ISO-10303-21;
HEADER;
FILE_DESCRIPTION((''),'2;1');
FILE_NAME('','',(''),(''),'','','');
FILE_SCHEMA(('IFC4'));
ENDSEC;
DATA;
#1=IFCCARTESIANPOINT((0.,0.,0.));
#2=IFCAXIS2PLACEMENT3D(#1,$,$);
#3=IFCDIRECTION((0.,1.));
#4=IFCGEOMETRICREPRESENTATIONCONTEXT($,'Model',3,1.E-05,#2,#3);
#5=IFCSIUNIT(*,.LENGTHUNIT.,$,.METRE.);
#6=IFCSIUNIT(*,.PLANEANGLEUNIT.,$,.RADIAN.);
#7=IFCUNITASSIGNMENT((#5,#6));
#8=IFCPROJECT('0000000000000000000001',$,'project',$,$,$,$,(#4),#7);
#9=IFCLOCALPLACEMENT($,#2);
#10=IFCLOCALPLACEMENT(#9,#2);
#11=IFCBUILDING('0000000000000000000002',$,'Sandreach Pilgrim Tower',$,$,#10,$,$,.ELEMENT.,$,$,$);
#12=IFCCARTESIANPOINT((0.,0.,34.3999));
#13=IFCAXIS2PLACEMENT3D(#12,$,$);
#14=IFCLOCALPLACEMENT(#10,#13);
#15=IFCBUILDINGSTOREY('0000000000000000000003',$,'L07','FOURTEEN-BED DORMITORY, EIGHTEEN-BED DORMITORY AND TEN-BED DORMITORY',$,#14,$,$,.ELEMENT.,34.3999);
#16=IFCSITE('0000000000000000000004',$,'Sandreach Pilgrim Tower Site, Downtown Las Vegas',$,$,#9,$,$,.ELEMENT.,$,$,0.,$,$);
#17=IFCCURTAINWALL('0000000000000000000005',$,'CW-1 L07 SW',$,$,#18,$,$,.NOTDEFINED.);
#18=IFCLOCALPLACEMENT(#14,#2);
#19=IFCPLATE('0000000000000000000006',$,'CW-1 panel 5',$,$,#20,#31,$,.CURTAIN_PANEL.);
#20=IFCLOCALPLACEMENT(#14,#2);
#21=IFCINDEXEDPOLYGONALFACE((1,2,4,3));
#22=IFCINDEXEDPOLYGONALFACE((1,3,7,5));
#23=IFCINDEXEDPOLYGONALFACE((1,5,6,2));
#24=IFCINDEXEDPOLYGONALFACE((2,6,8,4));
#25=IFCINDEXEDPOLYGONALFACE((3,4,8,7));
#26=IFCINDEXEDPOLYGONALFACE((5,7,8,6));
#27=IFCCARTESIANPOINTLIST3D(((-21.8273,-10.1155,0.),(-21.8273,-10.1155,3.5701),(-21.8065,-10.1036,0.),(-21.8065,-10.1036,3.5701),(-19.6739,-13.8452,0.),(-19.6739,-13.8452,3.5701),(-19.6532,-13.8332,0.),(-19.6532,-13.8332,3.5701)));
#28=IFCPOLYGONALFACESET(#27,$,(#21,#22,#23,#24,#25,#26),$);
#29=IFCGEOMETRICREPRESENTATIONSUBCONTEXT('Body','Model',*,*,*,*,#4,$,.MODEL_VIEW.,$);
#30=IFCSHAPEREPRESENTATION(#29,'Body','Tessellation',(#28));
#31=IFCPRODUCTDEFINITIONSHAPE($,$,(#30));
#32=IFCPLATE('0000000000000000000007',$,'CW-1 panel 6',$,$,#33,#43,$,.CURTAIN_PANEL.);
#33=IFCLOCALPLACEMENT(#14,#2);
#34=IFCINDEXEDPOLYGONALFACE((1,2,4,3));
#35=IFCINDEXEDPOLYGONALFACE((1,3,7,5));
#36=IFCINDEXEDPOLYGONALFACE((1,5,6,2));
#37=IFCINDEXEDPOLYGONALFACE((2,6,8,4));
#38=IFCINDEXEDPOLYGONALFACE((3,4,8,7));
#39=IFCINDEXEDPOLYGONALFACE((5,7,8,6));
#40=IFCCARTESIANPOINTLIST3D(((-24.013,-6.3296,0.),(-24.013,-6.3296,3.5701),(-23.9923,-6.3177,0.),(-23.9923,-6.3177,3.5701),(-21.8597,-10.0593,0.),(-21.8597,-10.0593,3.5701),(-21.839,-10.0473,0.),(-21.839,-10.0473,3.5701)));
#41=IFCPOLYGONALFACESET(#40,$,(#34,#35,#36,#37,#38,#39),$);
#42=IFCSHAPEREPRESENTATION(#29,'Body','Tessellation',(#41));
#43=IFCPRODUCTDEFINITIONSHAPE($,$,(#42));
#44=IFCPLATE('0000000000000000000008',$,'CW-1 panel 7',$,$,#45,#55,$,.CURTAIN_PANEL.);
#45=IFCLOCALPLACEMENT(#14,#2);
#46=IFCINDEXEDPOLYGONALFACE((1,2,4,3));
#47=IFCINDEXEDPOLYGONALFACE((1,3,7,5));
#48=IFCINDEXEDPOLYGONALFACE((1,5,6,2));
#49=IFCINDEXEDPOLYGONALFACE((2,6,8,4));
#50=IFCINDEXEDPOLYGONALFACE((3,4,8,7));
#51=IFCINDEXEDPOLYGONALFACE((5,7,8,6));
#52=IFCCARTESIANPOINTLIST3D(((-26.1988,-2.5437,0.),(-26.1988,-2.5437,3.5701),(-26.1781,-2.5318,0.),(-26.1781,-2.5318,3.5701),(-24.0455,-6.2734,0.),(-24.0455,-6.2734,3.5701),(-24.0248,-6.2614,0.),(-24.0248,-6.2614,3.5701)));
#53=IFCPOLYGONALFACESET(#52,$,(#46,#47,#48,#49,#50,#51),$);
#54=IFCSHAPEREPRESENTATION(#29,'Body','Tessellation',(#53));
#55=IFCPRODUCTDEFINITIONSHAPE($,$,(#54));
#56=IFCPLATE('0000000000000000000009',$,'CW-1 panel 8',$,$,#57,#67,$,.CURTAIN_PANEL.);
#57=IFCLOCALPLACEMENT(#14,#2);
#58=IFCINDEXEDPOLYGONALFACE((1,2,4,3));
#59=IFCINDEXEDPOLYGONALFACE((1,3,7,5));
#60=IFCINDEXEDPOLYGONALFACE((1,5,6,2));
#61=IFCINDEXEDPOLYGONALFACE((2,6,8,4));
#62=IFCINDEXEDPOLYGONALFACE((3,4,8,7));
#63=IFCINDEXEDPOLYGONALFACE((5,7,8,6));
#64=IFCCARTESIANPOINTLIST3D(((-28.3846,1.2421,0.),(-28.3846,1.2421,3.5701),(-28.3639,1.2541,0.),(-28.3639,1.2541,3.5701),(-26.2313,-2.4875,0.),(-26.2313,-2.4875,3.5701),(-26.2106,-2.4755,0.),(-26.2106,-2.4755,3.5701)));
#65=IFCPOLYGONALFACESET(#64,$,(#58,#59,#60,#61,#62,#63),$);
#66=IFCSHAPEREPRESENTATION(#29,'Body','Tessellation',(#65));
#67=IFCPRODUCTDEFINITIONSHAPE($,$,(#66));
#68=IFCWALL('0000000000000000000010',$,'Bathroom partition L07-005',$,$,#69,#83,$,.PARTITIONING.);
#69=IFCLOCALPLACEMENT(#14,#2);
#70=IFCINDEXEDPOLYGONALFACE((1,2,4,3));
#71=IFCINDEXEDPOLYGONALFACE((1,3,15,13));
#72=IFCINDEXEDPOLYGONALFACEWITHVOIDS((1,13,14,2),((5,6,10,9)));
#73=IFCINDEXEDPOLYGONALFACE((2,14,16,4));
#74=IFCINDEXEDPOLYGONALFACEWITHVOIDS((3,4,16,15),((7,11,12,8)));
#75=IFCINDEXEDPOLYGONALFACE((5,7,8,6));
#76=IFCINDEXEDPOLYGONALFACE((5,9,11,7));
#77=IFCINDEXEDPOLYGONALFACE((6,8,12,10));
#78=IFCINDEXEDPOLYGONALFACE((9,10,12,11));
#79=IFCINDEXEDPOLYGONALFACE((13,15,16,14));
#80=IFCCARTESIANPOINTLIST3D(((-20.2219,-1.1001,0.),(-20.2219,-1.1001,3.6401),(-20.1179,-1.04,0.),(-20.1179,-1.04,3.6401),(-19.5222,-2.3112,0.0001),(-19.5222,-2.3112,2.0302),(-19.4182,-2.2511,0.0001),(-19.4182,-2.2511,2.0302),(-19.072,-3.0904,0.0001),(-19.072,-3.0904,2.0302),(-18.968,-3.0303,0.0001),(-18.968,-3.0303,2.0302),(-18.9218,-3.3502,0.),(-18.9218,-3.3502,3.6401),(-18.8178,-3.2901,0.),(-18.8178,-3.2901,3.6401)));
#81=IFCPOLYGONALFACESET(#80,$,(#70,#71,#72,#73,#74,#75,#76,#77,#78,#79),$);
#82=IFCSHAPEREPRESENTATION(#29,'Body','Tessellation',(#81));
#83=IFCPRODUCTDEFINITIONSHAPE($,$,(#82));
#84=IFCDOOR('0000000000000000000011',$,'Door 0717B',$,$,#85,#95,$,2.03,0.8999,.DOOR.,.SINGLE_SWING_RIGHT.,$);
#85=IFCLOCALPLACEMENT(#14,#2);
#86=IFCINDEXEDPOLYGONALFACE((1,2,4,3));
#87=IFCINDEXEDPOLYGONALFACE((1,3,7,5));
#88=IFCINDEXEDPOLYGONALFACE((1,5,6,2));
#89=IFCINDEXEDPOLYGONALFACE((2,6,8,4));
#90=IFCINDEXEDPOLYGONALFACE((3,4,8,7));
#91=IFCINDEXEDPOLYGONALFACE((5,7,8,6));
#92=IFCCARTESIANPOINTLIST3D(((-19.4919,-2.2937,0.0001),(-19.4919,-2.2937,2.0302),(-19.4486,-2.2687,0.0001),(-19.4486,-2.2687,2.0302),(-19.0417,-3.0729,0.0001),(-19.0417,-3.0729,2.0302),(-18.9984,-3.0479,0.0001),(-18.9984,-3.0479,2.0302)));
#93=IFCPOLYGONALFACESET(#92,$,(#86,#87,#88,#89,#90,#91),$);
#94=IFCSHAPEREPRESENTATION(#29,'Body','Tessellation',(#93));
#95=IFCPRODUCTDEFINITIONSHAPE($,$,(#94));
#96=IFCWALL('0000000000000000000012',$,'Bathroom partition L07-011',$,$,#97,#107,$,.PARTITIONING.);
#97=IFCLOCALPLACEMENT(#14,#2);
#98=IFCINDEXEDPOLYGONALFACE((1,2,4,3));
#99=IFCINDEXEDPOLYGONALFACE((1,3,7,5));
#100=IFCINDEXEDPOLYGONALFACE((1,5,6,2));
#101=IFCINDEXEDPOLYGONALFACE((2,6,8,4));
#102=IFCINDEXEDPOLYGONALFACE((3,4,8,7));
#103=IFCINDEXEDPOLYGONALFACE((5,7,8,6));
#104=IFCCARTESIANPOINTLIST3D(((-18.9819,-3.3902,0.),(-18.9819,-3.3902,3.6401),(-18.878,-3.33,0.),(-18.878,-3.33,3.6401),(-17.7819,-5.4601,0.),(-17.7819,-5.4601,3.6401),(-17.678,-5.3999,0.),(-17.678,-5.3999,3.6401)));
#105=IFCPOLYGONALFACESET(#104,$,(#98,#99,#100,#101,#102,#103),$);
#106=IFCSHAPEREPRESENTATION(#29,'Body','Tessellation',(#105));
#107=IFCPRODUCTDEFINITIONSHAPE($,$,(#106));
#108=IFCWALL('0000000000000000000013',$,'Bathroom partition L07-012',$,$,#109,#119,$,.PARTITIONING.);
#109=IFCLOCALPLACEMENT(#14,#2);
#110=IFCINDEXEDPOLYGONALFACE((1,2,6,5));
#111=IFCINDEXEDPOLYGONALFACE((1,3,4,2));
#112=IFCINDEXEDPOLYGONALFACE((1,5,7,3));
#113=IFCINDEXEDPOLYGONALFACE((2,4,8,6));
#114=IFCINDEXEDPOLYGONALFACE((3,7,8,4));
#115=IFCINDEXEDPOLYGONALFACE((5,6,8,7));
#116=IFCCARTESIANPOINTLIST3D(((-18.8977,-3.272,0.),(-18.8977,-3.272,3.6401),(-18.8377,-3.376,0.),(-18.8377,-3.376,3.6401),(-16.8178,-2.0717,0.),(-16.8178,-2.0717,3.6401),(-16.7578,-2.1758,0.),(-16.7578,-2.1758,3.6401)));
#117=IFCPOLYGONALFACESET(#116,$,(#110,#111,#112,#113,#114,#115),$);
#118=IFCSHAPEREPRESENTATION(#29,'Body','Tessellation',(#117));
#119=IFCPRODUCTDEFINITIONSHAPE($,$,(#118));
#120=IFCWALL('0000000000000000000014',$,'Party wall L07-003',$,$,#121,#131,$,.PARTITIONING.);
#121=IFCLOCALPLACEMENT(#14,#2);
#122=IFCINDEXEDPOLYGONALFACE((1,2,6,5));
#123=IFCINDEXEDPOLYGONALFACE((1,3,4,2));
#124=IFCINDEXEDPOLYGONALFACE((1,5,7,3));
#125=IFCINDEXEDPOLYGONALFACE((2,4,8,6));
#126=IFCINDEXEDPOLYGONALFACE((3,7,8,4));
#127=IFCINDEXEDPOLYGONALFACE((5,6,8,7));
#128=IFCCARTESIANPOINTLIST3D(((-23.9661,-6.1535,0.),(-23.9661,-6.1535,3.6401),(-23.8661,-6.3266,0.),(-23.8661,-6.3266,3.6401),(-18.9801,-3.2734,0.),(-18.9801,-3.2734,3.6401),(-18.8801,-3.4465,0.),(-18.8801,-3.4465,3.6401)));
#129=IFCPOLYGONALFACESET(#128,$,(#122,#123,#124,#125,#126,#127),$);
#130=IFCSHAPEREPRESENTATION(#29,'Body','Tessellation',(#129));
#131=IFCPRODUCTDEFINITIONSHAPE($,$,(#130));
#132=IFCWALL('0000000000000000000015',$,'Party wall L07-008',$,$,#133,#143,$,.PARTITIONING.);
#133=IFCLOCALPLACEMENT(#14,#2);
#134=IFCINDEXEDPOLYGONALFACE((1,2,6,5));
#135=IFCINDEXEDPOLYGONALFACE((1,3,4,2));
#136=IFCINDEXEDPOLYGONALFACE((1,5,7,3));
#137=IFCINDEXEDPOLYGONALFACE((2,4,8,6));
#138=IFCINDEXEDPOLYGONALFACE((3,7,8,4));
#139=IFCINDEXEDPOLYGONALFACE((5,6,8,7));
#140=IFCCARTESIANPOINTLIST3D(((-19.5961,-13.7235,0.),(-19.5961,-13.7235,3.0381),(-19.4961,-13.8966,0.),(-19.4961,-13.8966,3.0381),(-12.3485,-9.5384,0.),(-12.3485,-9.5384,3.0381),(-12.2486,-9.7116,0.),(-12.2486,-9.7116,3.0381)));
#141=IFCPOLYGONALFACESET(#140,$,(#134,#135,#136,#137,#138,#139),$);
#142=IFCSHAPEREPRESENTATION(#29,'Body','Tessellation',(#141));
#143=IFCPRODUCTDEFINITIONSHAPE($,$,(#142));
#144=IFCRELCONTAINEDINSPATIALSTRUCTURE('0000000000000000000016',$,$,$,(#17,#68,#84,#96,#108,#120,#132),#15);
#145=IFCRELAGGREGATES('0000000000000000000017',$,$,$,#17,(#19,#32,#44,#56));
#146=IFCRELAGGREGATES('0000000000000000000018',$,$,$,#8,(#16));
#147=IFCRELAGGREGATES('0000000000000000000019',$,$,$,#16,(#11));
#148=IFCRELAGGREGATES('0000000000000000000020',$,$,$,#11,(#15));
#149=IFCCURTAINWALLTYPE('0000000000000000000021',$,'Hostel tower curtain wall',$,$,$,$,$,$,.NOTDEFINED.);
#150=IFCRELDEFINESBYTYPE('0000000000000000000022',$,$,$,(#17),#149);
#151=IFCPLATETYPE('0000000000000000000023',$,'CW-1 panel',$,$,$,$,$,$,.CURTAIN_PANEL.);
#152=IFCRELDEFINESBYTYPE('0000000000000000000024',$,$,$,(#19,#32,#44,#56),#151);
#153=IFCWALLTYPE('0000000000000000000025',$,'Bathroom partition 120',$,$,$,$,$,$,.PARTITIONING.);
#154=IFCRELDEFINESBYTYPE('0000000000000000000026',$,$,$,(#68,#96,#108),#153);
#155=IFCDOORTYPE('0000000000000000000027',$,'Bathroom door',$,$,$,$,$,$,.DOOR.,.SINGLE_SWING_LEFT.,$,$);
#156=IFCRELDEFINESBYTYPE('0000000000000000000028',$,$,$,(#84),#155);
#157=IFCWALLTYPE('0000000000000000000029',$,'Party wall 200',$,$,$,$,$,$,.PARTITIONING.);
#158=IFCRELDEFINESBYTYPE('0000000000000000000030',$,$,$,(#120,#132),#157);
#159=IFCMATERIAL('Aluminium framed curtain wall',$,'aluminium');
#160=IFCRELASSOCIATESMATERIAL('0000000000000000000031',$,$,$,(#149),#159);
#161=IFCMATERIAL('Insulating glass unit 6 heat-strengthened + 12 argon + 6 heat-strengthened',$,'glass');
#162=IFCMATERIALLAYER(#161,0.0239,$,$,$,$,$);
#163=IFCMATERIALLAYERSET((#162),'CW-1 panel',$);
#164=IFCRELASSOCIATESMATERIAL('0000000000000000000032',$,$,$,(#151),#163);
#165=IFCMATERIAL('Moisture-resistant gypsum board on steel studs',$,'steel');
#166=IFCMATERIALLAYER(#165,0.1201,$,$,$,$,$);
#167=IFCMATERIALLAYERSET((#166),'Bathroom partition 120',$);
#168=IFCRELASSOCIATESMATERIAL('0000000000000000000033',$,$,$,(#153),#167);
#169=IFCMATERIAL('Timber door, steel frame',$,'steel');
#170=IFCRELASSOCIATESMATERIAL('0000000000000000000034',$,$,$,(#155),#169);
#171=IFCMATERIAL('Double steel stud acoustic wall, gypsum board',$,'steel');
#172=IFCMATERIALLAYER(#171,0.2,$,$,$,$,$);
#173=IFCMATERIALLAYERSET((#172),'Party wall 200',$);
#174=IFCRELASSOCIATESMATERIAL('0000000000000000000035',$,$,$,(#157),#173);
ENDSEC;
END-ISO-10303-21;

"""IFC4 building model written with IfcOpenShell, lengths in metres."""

from ifc_helpers import new_model, si_unit, direction, frame, frame_2d, origin, origin_2d, place, context, subcontext, project, spatial, rectangle, extrude, material, layer, layer_set, type_object, element, fill, aggregate, save


model = new_model("IFC4")

# Units and contexts
model_context = context("Model", 3, precision=1e-05, world=origin(), true_north=direction((0.0, 1.0)))
body_context = subcontext(model_context, "Body", "Model", "MODEL_VIEW")
ifc_project = project(units=[si_unit("LENGTHUNIT", "METRE"), si_unit("PLANEANGLEUNIT", "RADIAN")], contexts=[model_context])

# Site, building, storey
site_placement = place(None, origin())
site = spatial("IfcSite", under=ifc_project, at=site_placement, Name="Sandreach Pilgrim Tower Site, Downtown Las Vegas", CompositionType="ELEMENT", RefElevation=0.0)
building_placement = place(site_placement, origin())
building = spatial("IfcBuilding", under=site, at=building_placement, Name="Sandreach Pilgrim Tower", CompositionType="ELEMENT")
storey_placement = place(building_placement, frame((0.0, 0.0, 34.3999)))
storey = spatial("IfcBuildingStorey", under=building, at=storey_placement, Name="L07", Description="FOURTEEN-BED DORMITORY, EIGHTEEN-BED DORMITORY AND TEN-BED DORMITORY", CompositionType="ELEMENT", Elevation=34.3999)

# Curtain wall
ifc_material_1 = material(Name="Aluminium framed curtain wall", Category="aluminium")
curtain_wall_type = type_object("IfcCurtainWallType", Name="Hostel tower curtain wall", PredefinedType="NOTDEFINED", material=ifc_material_1)
curtain_wall_placement = place(storey_placement, origin())
curtain_wall = element("IfcCurtainWall", 1, at=curtain_wall_placement, inside=storey, type_object=curtain_wall_type, Name="CW-1 L07 SW", PredefinedType="NOTDEFINED")

# Plates
ifc_material_2 = material(Name="Insulating glass unit 6 heat-strengthened + 12 argon + 6 heat-strengthened", Category="glass")
ifc_layer_1 = layer(ifc_material_2, 0.0239)
ifc_layer_set_1 = layer_set([ifc_layer_1], Name="CW-1 panel")
plate_type = type_object("IfcPlateType", Name="CW-1 panel", PredefinedType="CURTAIN_PANEL", material=ifc_layer_set_1)
plate_1_placement = place(storey_placement, frame((-20.7402, -11.9744, 0.0), z_axis=(0.0, 0.0, 1.0), x_axis=(-0.5, 0.866025, 0.0)))
plate_1 = element("IfcPlate", 2, at=plate_1_placement, type_object=plate_type, Name="CW-1 panel 5", PredefinedType="CURTAIN_PANEL", context=body_context, shape_type="SweptSolid", body=[
    extrude(rectangle(XDim=4.3066, YDim=0.0239, at=origin_2d()), origin(), (0.0, 0.0, 1.0), 3.5701),
])
plate_2_placement = place(storey_placement, frame((-22.926, -8.1885, 0.0), z_axis=(0.0, 0.0, 1.0), x_axis=(-0.5, 0.866025, 0.0)))
plate_2 = element("IfcPlate", 3, at=plate_2_placement, type_object=plate_type, Name="CW-1 panel 6", PredefinedType="CURTAIN_PANEL", context=body_context, shape_type="SweptSolid", body=[
    extrude(rectangle(XDim=4.3066, YDim=0.0239, at=origin_2d()), origin(), (0.0, 0.0, 1.0), 3.5701),
])
plate_3_placement = place(storey_placement, frame((-25.1118, -4.4026, 0.0), z_axis=(0.0, 0.0, 1.0), x_axis=(-0.5, 0.866025, 0.0)))
plate_3 = element("IfcPlate", 4, at=plate_3_placement, type_object=plate_type, Name="CW-1 panel 7", PredefinedType="CURTAIN_PANEL", context=body_context, shape_type="SweptSolid", body=[
    extrude(rectangle(XDim=4.3066, YDim=0.0239, at=origin_2d()), origin(), (0.0, 0.0, 1.0), 3.5701),
])
plate_4_placement = place(storey_placement, frame((-27.2976, -0.6167, 0.0), z_axis=(0.0, 0.0, 1.0), x_axis=(-0.5, 0.866025, 0.0)))
plate_4 = element("IfcPlate", 5, at=plate_4_placement, type_object=plate_type, Name="CW-1 panel 8", PredefinedType="CURTAIN_PANEL", context=body_context, shape_type="SweptSolid", body=[
    extrude(rectangle(XDim=4.3066, YDim=0.0239, at=origin_2d()), origin(), (0.0, 0.0, 1.0), 3.5701),
])
aggregate(curtain_wall, [plate_1, plate_2, plate_3, plate_4])

# Wall, opening, door
ifc_material_3 = material(Name="Moisture-resistant gypsum board on steel studs", Category="steel")
ifc_layer_2 = layer(ifc_material_3, 0.1201)
ifc_layer_set_2 = layer_set([ifc_layer_2], Name="Bathroom partition 120")
wall_type_1 = type_object("IfcWallType", Name="Bathroom partition 120", PredefinedType="PARTITIONING", material=ifc_layer_set_2)
wall_1_placement = place(storey_placement, frame((-20.1699, -1.0701, 0.0), z_axis=(0.0, 0.0, 1.0), x_axis=(0.500292, -0.865857, 0.0)))
wall_1 = element("IfcWall", 6, at=wall_1_placement, inside=storey, type_object=wall_type_1, Name="Bathroom partition L07-005", PredefinedType="PARTITIONING", context=body_context, shape_type="SweptSolid", body=[
    extrude(rectangle(XDim=2.5986, YDim=0.1201, at=frame_2d((1.2993, 0.0))), origin(), (0.0, 0.0, 1.0), 3.6401),
])
opening_placement = place(wall_1_placement, frame((1.3987, 0.0, 0.0)))
opening = element("IfcOpeningElement", 7, at=opening_placement, cuts=wall_1, PredefinedType="OPENING", context=body_context, shape_type="SweptSolid", body=[
    extrude(rectangle(XDim=0.8999, YDim=2.03, at=frame_2d((0.45, 1.0151))), frame((0.0, 0.0601, 0.0), z_axis=(0.0, -1.0, 0.0), x_axis=(1.0, 0.0, 0.0)), (0.0, 0.0, 1.0), 0.1201),
])
ifc_material_4 = material(Name="Timber door, steel frame", Category="steel")
door_type = type_object("IfcDoorType", Name="Bathroom door", OperationType="SINGLE_SWING_LEFT", PredefinedType="DOOR", material=ifc_material_4)
door_placement = place(opening_placement, origin())
door = element("IfcDoor", 8, at=door_placement, inside=storey, type_object=door_type, Name="Door 0717B", OperationType="SINGLE_SWING_RIGHT", OverallHeight=2.03, OverallWidth=0.8999, PredefinedType="DOOR", context=body_context, shape_type="SweptSolid", body=[
    extrude(rectangle(XDim=0.8999, YDim=2.03, at=frame_2d((0.45, 1.0151))), frame((0.0, 0.0249, 0.0), z_axis=(0.0, -1.0, 0.0), x_axis=(1.0, 0.0, 0.0)), (0.0, 0.0, 1.0), 0.05),
])
fill(opening, door)

# Walls
wall_2_placement = place(storey_placement, frame((-18.9299, -3.3601, 0.0), z_axis=(0.0, 0.0, 1.0), x_axis=(0.501547, -0.86513, 0.0)))
element("IfcWall", 9, at=wall_2_placement, inside=storey, type_object=wall_type_1, Name="Bathroom partition L07-011", PredefinedType="PARTITIONING", context=body_context, shape_type="SweptSolid", body=[
    extrude(rectangle(XDim=2.3926, YDim=0.1201, at=frame_2d((1.1963, 0.0))), origin(), (0.0, 0.0, 1.0), 3.6401),
])
wall_3_placement = place(storey_placement, frame((-18.8677, -3.324, 0.0), z_axis=(0.0, 0.0, 1.0), x_axis=(0.866133, 0.499813, 0.0)))
element("IfcWall", 10, at=wall_3_placement, inside=storey, type_object=wall_type_1, Name="Bathroom partition L07-012", PredefinedType="PARTITIONING", context=body_context, shape_type="SweptSolid", body=[
    extrude(rectangle(XDim=2.4014, YDim=0.1201, at=frame_2d((1.2007, 0.0))), origin(), (0.0, 0.0, 1.0), 3.6401),
])
ifc_material_5 = material(Name="Double steel stud acoustic wall, gypsum board", Category="steel")
ifc_layer_3 = layer(ifc_material_5, 0.2)
ifc_layer_set_3 = layer_set([ifc_layer_3], Name="Party wall 200")
wall_type_2 = type_object("IfcWallType", Name="Party wall 200", PredefinedType="PARTITIONING", material=ifc_layer_set_3)
wall_4_placement = place(storey_placement, frame((-23.916, -6.24, 0.0), z_axis=(0.0, 0.0, 1.0), x_axis=(0.865919, 0.500184, 0.0)))
element("IfcWall", 11, at=wall_4_placement, inside=storey, type_object=wall_type_2, Name="Party wall L07-003", PredefinedType="PARTITIONING", context=body_context, shape_type="SweptSolid", body=[
    extrude(rectangle(XDim=5.7581, YDim=0.2, at=frame_2d((2.8789, 0.0))), origin(), (0.0, 0.0, 1.0), 3.6401),
])
wall_5_placement = place(storey_placement, frame((-19.5461, -13.8101, 0.0), z_axis=(0.0, 0.0, 1.0), x_axis=(0.86599, 0.500061, 0.0)))
element("IfcWall", 12, at=wall_5_placement, inside=storey, type_object=wall_type_2, Name="Party wall L07-008", PredefinedType="PARTITIONING", context=body_context, shape_type="SweptSolid", body=[
    extrude(rectangle(XDim=8.3691, YDim=0.2, at=frame_2d((4.1846, 0.0))), origin(), (0.0, 0.0, 1.0), 3.0381),
])

save(model, "model.ifc")
